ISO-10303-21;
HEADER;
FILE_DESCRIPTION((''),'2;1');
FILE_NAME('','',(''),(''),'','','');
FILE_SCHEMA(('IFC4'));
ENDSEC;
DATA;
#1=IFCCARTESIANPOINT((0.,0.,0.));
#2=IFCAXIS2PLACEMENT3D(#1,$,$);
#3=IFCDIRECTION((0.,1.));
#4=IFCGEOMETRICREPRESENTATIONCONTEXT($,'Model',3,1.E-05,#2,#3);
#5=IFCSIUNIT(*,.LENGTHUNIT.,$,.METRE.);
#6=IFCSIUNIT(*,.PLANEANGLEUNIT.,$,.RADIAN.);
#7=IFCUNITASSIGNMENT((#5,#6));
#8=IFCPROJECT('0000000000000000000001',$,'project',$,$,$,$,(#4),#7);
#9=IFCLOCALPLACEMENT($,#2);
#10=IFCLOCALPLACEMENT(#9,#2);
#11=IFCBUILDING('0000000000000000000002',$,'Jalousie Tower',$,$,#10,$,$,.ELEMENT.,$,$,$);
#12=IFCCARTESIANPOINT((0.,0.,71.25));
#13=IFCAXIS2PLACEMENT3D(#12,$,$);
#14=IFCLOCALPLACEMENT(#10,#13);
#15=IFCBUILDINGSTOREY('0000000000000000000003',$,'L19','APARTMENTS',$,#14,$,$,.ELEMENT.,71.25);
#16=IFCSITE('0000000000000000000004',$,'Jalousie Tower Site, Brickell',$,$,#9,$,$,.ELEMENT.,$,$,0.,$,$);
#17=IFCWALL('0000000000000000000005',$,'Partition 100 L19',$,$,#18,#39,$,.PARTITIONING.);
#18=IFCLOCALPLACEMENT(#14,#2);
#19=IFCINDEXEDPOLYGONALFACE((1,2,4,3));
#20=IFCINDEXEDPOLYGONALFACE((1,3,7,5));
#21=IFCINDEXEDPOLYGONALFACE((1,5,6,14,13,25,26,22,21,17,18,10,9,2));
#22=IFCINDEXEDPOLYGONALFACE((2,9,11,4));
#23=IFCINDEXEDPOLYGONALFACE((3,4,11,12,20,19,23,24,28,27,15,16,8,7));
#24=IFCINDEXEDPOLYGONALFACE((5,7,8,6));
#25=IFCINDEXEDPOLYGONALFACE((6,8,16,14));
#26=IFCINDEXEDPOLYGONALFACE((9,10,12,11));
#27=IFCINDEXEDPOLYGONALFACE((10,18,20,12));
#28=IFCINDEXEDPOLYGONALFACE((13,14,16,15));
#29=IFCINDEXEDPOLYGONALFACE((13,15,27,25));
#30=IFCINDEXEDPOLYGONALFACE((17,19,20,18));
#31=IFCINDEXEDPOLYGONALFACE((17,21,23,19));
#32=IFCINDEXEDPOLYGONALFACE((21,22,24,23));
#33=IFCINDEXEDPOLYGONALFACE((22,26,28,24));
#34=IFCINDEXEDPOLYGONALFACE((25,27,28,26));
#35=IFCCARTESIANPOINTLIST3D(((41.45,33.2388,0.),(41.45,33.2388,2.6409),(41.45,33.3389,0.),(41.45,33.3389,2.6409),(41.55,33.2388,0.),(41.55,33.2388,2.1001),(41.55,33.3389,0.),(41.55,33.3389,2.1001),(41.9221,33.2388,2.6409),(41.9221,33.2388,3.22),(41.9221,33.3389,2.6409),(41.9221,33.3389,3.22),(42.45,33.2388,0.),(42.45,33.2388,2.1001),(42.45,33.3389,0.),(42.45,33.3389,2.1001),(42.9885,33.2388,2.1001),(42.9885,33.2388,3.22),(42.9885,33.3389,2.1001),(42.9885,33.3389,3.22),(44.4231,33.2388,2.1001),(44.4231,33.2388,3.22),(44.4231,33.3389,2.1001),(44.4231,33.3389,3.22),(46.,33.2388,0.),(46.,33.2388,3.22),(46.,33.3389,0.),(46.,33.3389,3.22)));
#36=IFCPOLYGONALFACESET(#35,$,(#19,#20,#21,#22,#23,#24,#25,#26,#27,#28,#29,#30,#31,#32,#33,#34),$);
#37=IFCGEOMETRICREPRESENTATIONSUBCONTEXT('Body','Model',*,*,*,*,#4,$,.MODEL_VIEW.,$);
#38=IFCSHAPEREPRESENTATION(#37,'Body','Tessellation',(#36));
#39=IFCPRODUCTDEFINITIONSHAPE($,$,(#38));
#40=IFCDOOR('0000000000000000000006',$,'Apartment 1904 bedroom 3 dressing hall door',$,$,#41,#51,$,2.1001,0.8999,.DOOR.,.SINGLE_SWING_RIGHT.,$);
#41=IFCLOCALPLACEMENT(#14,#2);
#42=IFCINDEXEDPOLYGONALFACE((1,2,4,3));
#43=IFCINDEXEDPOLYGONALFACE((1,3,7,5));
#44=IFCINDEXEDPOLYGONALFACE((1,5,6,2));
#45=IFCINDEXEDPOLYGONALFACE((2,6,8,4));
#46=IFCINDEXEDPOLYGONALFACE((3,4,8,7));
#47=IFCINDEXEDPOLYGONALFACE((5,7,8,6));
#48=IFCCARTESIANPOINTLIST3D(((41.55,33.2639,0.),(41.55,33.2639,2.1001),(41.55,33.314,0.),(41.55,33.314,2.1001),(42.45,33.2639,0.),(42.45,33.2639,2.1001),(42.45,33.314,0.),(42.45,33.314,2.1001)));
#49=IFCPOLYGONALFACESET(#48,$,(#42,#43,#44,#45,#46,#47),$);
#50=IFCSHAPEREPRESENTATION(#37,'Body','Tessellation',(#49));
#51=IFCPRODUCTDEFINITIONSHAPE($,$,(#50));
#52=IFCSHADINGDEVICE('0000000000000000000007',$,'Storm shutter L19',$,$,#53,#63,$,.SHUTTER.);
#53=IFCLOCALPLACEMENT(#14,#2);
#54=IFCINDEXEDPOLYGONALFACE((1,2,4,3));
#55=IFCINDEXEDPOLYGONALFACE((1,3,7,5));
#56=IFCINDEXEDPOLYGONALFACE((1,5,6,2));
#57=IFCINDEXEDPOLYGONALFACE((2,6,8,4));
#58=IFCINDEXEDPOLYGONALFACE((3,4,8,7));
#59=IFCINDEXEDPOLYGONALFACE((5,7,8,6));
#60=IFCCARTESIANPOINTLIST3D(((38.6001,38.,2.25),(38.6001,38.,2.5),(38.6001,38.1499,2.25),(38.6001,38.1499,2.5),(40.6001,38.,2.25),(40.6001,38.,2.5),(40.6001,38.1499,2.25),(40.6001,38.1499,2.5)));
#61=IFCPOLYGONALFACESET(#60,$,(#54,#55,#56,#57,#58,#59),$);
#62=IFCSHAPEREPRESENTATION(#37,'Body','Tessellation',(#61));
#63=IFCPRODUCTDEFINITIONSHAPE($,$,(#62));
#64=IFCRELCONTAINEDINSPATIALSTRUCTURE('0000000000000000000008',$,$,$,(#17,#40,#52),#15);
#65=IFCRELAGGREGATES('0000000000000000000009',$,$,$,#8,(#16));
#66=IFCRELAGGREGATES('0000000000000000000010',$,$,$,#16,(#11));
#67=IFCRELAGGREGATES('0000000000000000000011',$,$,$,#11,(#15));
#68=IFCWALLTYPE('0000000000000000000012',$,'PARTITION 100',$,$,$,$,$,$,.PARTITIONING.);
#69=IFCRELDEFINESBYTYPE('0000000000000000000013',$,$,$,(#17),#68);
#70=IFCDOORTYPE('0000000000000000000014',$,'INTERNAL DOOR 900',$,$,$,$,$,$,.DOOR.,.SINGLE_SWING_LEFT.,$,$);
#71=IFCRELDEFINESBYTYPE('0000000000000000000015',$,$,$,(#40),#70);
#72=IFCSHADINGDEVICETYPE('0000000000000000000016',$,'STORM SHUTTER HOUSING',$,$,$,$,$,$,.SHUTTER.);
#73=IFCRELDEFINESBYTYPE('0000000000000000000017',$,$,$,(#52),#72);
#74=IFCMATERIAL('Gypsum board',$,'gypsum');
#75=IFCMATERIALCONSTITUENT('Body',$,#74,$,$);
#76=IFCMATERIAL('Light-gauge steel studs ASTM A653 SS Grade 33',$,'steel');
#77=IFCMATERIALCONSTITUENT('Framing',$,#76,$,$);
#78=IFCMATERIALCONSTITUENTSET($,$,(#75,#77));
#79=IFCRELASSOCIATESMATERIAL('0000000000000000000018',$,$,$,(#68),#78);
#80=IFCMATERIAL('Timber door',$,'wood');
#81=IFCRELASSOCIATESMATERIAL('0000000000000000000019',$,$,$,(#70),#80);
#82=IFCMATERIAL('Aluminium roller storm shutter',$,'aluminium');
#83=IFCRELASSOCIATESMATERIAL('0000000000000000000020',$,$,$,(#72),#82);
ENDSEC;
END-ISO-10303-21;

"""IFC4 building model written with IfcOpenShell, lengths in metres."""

from ifc_helpers import new_model, si_unit, direction, frame, frame_2d, origin, origin_2d, place, context, subcontext, project, spatial, polyline, rectangle, outline, extrude, material, constituent, constituent_set, type_object, element, fill, save


model = new_model("IFC4")

# Units and contexts
model_context = context("Model", 3, precision=1e-05, world=origin(), true_north=direction((0.0, 1.0)))
body_context = subcontext(model_context, "Body", "Model", "MODEL_VIEW")
ifc_project = project(units=[si_unit("LENGTHUNIT", "METRE"), si_unit("PLANEANGLEUNIT", "RADIAN")], contexts=[model_context])

# Site, building, storey
site_placement = place(None, origin())
site = spatial("IfcSite", under=ifc_project, at=site_placement, Name="Jalousie Tower Site, Brickell", CompositionType="ELEMENT", RefElevation=0.0)
building_placement = place(site_placement, origin())
building = spatial("IfcBuilding", under=site, at=building_placement, Name="Jalousie Tower", CompositionType="ELEMENT")
storey_placement = place(building_placement, frame((0.0, 0.0, 71.25)))
storey = spatial("IfcBuildingStorey", under=building, at=storey_placement, Name="L19", Description="APARTMENTS", CompositionType="ELEMENT", Elevation=71.25)

# Shared definitions
ifc_material_1 = material(Name="Gypsum board", Category="gypsum")
ifc_constituent_1 = constituent(ifc_material_1, Name="Body")
ifc_material_2 = material(Name="Light-gauge steel studs ASTM A653 SS Grade 33", Category="steel")
ifc_constituent_2 = constituent(ifc_material_2, Name="Framing")
ifc_constituent_set_1 = constituent_set(constituents=[ifc_constituent_1, ifc_constituent_2])
wall_type_1 = type_object("IfcWallType", Name="PARTITION 100", PredefinedType="PARTITIONING", material=ifc_constituent_set_1)
ifc_material_3 = material(Name="Timber door", Category="wood")
door_type_1 = type_object("IfcDoorType", Name="INTERNAL DOOR 900", OperationType="SINGLE_SWING_LEFT", PredefinedType="DOOR", material=ifc_material_3)

# Wall, opening, door
wall_1_placement = place(storey_placement, frame((41.45, 33.2888, 0.0), z_axis=(0.0, 0.0, 1.0), x_axis=(1.0, 0.0, 0.0)))
wall_1 = element("IfcWall", 1, at=wall_1_placement, inside=storey, type_object=wall_type_1, Name="Partition 100 L19", PredefinedType="PARTITIONING", context=body_context, shape_type="SweptSolid", body=[
    extrude(outline(polyline([(0.0, 0.0), (4.55, 0.0), (4.55, 3.22), (2.9731, 3.22), (2.9731, 2.1001), (1.5386, 2.1001), (1.5386, 3.22), (0.4722, 3.22), (0.4722, 2.6409), (0.0, 2.6409), (0.0, 0.0)])), frame((0.0, 0.05, 0.0), z_axis=(0.0, -1.0, 0.0), x_axis=(1.0, 0.0, 0.0)), (0.0, 0.0, 1.0), 0.1001),
])
opening_1_placement = place(wall_1_placement, frame((0.1001, 0.0, 0.0)))
opening_1 = element("IfcOpeningElement", 2, at=opening_1_placement, cuts=wall_1, PredefinedType="OPENING", context=body_context, shape_type="SweptSolid", body=[
    extrude(rectangle(XDim=0.8999, YDim=2.1001, at=frame_2d((0.45, 1.05))), frame((0.0, 0.0601, 0.0), z_axis=(0.0, -1.0, 0.0), x_axis=(1.0, 0.0, 0.0)), (0.0, 0.0, 1.0), 0.1201),
])
door_1_placement = place(opening_1_placement, frame((0.8999, 0.0, 0.0), z_axis=(0.0, 0.0, 1.0), x_axis=(-1.0, 0.0, 0.0)))
door_1 = element("IfcDoor", 3, at=door_1_placement, inside=storey, type_object=door_type_1, Name="Apartment 1904 bedroom 3 dressing hall door", OperationType="SINGLE_SWING_RIGHT", OverallHeight=2.1001, OverallWidth=0.8999, PredefinedType="DOOR", context=body_context, shape_type="SweptSolid", body=[
    extrude(rectangle(XDim=0.8999, YDim=2.1001, at=frame_2d((0.45, 1.05))), frame((0.0, 0.0249, 0.0), z_axis=(0.0, -1.0, 0.0), x_axis=(1.0, 0.0, 0.0)), (0.0, 0.0, 1.0), 0.05),
])
fill(opening_1, door_1)

# Shading device
ifc_material_4 = material(Name="Aluminium roller storm shutter", Category="aluminium")
shading_device_type = type_object("IfcShadingDeviceType", Name="STORM SHUTTER HOUSING", PredefinedType="SHUTTER", material=ifc_material_4)
shading_device_placement = place(storey_placement, frame((39.6001, 38.075, 2.25), z_axis=(0.0, 0.0, 1.0), x_axis=(-1.0, 0.0, 0.0)))
element("IfcShadingDevice", 4, at=shading_device_placement, inside=storey, type_object=shading_device_type, Name="Storm shutter L19", PredefinedType="SHUTTER", context=body_context, shape_type="SweptSolid", body=[
    extrude(rectangle(XDim=2.0, YDim=0.1499, at=origin_2d()), origin(), (0.0, 0.0, 1.0), 0.25),
])

save(model, "model.ifc")
